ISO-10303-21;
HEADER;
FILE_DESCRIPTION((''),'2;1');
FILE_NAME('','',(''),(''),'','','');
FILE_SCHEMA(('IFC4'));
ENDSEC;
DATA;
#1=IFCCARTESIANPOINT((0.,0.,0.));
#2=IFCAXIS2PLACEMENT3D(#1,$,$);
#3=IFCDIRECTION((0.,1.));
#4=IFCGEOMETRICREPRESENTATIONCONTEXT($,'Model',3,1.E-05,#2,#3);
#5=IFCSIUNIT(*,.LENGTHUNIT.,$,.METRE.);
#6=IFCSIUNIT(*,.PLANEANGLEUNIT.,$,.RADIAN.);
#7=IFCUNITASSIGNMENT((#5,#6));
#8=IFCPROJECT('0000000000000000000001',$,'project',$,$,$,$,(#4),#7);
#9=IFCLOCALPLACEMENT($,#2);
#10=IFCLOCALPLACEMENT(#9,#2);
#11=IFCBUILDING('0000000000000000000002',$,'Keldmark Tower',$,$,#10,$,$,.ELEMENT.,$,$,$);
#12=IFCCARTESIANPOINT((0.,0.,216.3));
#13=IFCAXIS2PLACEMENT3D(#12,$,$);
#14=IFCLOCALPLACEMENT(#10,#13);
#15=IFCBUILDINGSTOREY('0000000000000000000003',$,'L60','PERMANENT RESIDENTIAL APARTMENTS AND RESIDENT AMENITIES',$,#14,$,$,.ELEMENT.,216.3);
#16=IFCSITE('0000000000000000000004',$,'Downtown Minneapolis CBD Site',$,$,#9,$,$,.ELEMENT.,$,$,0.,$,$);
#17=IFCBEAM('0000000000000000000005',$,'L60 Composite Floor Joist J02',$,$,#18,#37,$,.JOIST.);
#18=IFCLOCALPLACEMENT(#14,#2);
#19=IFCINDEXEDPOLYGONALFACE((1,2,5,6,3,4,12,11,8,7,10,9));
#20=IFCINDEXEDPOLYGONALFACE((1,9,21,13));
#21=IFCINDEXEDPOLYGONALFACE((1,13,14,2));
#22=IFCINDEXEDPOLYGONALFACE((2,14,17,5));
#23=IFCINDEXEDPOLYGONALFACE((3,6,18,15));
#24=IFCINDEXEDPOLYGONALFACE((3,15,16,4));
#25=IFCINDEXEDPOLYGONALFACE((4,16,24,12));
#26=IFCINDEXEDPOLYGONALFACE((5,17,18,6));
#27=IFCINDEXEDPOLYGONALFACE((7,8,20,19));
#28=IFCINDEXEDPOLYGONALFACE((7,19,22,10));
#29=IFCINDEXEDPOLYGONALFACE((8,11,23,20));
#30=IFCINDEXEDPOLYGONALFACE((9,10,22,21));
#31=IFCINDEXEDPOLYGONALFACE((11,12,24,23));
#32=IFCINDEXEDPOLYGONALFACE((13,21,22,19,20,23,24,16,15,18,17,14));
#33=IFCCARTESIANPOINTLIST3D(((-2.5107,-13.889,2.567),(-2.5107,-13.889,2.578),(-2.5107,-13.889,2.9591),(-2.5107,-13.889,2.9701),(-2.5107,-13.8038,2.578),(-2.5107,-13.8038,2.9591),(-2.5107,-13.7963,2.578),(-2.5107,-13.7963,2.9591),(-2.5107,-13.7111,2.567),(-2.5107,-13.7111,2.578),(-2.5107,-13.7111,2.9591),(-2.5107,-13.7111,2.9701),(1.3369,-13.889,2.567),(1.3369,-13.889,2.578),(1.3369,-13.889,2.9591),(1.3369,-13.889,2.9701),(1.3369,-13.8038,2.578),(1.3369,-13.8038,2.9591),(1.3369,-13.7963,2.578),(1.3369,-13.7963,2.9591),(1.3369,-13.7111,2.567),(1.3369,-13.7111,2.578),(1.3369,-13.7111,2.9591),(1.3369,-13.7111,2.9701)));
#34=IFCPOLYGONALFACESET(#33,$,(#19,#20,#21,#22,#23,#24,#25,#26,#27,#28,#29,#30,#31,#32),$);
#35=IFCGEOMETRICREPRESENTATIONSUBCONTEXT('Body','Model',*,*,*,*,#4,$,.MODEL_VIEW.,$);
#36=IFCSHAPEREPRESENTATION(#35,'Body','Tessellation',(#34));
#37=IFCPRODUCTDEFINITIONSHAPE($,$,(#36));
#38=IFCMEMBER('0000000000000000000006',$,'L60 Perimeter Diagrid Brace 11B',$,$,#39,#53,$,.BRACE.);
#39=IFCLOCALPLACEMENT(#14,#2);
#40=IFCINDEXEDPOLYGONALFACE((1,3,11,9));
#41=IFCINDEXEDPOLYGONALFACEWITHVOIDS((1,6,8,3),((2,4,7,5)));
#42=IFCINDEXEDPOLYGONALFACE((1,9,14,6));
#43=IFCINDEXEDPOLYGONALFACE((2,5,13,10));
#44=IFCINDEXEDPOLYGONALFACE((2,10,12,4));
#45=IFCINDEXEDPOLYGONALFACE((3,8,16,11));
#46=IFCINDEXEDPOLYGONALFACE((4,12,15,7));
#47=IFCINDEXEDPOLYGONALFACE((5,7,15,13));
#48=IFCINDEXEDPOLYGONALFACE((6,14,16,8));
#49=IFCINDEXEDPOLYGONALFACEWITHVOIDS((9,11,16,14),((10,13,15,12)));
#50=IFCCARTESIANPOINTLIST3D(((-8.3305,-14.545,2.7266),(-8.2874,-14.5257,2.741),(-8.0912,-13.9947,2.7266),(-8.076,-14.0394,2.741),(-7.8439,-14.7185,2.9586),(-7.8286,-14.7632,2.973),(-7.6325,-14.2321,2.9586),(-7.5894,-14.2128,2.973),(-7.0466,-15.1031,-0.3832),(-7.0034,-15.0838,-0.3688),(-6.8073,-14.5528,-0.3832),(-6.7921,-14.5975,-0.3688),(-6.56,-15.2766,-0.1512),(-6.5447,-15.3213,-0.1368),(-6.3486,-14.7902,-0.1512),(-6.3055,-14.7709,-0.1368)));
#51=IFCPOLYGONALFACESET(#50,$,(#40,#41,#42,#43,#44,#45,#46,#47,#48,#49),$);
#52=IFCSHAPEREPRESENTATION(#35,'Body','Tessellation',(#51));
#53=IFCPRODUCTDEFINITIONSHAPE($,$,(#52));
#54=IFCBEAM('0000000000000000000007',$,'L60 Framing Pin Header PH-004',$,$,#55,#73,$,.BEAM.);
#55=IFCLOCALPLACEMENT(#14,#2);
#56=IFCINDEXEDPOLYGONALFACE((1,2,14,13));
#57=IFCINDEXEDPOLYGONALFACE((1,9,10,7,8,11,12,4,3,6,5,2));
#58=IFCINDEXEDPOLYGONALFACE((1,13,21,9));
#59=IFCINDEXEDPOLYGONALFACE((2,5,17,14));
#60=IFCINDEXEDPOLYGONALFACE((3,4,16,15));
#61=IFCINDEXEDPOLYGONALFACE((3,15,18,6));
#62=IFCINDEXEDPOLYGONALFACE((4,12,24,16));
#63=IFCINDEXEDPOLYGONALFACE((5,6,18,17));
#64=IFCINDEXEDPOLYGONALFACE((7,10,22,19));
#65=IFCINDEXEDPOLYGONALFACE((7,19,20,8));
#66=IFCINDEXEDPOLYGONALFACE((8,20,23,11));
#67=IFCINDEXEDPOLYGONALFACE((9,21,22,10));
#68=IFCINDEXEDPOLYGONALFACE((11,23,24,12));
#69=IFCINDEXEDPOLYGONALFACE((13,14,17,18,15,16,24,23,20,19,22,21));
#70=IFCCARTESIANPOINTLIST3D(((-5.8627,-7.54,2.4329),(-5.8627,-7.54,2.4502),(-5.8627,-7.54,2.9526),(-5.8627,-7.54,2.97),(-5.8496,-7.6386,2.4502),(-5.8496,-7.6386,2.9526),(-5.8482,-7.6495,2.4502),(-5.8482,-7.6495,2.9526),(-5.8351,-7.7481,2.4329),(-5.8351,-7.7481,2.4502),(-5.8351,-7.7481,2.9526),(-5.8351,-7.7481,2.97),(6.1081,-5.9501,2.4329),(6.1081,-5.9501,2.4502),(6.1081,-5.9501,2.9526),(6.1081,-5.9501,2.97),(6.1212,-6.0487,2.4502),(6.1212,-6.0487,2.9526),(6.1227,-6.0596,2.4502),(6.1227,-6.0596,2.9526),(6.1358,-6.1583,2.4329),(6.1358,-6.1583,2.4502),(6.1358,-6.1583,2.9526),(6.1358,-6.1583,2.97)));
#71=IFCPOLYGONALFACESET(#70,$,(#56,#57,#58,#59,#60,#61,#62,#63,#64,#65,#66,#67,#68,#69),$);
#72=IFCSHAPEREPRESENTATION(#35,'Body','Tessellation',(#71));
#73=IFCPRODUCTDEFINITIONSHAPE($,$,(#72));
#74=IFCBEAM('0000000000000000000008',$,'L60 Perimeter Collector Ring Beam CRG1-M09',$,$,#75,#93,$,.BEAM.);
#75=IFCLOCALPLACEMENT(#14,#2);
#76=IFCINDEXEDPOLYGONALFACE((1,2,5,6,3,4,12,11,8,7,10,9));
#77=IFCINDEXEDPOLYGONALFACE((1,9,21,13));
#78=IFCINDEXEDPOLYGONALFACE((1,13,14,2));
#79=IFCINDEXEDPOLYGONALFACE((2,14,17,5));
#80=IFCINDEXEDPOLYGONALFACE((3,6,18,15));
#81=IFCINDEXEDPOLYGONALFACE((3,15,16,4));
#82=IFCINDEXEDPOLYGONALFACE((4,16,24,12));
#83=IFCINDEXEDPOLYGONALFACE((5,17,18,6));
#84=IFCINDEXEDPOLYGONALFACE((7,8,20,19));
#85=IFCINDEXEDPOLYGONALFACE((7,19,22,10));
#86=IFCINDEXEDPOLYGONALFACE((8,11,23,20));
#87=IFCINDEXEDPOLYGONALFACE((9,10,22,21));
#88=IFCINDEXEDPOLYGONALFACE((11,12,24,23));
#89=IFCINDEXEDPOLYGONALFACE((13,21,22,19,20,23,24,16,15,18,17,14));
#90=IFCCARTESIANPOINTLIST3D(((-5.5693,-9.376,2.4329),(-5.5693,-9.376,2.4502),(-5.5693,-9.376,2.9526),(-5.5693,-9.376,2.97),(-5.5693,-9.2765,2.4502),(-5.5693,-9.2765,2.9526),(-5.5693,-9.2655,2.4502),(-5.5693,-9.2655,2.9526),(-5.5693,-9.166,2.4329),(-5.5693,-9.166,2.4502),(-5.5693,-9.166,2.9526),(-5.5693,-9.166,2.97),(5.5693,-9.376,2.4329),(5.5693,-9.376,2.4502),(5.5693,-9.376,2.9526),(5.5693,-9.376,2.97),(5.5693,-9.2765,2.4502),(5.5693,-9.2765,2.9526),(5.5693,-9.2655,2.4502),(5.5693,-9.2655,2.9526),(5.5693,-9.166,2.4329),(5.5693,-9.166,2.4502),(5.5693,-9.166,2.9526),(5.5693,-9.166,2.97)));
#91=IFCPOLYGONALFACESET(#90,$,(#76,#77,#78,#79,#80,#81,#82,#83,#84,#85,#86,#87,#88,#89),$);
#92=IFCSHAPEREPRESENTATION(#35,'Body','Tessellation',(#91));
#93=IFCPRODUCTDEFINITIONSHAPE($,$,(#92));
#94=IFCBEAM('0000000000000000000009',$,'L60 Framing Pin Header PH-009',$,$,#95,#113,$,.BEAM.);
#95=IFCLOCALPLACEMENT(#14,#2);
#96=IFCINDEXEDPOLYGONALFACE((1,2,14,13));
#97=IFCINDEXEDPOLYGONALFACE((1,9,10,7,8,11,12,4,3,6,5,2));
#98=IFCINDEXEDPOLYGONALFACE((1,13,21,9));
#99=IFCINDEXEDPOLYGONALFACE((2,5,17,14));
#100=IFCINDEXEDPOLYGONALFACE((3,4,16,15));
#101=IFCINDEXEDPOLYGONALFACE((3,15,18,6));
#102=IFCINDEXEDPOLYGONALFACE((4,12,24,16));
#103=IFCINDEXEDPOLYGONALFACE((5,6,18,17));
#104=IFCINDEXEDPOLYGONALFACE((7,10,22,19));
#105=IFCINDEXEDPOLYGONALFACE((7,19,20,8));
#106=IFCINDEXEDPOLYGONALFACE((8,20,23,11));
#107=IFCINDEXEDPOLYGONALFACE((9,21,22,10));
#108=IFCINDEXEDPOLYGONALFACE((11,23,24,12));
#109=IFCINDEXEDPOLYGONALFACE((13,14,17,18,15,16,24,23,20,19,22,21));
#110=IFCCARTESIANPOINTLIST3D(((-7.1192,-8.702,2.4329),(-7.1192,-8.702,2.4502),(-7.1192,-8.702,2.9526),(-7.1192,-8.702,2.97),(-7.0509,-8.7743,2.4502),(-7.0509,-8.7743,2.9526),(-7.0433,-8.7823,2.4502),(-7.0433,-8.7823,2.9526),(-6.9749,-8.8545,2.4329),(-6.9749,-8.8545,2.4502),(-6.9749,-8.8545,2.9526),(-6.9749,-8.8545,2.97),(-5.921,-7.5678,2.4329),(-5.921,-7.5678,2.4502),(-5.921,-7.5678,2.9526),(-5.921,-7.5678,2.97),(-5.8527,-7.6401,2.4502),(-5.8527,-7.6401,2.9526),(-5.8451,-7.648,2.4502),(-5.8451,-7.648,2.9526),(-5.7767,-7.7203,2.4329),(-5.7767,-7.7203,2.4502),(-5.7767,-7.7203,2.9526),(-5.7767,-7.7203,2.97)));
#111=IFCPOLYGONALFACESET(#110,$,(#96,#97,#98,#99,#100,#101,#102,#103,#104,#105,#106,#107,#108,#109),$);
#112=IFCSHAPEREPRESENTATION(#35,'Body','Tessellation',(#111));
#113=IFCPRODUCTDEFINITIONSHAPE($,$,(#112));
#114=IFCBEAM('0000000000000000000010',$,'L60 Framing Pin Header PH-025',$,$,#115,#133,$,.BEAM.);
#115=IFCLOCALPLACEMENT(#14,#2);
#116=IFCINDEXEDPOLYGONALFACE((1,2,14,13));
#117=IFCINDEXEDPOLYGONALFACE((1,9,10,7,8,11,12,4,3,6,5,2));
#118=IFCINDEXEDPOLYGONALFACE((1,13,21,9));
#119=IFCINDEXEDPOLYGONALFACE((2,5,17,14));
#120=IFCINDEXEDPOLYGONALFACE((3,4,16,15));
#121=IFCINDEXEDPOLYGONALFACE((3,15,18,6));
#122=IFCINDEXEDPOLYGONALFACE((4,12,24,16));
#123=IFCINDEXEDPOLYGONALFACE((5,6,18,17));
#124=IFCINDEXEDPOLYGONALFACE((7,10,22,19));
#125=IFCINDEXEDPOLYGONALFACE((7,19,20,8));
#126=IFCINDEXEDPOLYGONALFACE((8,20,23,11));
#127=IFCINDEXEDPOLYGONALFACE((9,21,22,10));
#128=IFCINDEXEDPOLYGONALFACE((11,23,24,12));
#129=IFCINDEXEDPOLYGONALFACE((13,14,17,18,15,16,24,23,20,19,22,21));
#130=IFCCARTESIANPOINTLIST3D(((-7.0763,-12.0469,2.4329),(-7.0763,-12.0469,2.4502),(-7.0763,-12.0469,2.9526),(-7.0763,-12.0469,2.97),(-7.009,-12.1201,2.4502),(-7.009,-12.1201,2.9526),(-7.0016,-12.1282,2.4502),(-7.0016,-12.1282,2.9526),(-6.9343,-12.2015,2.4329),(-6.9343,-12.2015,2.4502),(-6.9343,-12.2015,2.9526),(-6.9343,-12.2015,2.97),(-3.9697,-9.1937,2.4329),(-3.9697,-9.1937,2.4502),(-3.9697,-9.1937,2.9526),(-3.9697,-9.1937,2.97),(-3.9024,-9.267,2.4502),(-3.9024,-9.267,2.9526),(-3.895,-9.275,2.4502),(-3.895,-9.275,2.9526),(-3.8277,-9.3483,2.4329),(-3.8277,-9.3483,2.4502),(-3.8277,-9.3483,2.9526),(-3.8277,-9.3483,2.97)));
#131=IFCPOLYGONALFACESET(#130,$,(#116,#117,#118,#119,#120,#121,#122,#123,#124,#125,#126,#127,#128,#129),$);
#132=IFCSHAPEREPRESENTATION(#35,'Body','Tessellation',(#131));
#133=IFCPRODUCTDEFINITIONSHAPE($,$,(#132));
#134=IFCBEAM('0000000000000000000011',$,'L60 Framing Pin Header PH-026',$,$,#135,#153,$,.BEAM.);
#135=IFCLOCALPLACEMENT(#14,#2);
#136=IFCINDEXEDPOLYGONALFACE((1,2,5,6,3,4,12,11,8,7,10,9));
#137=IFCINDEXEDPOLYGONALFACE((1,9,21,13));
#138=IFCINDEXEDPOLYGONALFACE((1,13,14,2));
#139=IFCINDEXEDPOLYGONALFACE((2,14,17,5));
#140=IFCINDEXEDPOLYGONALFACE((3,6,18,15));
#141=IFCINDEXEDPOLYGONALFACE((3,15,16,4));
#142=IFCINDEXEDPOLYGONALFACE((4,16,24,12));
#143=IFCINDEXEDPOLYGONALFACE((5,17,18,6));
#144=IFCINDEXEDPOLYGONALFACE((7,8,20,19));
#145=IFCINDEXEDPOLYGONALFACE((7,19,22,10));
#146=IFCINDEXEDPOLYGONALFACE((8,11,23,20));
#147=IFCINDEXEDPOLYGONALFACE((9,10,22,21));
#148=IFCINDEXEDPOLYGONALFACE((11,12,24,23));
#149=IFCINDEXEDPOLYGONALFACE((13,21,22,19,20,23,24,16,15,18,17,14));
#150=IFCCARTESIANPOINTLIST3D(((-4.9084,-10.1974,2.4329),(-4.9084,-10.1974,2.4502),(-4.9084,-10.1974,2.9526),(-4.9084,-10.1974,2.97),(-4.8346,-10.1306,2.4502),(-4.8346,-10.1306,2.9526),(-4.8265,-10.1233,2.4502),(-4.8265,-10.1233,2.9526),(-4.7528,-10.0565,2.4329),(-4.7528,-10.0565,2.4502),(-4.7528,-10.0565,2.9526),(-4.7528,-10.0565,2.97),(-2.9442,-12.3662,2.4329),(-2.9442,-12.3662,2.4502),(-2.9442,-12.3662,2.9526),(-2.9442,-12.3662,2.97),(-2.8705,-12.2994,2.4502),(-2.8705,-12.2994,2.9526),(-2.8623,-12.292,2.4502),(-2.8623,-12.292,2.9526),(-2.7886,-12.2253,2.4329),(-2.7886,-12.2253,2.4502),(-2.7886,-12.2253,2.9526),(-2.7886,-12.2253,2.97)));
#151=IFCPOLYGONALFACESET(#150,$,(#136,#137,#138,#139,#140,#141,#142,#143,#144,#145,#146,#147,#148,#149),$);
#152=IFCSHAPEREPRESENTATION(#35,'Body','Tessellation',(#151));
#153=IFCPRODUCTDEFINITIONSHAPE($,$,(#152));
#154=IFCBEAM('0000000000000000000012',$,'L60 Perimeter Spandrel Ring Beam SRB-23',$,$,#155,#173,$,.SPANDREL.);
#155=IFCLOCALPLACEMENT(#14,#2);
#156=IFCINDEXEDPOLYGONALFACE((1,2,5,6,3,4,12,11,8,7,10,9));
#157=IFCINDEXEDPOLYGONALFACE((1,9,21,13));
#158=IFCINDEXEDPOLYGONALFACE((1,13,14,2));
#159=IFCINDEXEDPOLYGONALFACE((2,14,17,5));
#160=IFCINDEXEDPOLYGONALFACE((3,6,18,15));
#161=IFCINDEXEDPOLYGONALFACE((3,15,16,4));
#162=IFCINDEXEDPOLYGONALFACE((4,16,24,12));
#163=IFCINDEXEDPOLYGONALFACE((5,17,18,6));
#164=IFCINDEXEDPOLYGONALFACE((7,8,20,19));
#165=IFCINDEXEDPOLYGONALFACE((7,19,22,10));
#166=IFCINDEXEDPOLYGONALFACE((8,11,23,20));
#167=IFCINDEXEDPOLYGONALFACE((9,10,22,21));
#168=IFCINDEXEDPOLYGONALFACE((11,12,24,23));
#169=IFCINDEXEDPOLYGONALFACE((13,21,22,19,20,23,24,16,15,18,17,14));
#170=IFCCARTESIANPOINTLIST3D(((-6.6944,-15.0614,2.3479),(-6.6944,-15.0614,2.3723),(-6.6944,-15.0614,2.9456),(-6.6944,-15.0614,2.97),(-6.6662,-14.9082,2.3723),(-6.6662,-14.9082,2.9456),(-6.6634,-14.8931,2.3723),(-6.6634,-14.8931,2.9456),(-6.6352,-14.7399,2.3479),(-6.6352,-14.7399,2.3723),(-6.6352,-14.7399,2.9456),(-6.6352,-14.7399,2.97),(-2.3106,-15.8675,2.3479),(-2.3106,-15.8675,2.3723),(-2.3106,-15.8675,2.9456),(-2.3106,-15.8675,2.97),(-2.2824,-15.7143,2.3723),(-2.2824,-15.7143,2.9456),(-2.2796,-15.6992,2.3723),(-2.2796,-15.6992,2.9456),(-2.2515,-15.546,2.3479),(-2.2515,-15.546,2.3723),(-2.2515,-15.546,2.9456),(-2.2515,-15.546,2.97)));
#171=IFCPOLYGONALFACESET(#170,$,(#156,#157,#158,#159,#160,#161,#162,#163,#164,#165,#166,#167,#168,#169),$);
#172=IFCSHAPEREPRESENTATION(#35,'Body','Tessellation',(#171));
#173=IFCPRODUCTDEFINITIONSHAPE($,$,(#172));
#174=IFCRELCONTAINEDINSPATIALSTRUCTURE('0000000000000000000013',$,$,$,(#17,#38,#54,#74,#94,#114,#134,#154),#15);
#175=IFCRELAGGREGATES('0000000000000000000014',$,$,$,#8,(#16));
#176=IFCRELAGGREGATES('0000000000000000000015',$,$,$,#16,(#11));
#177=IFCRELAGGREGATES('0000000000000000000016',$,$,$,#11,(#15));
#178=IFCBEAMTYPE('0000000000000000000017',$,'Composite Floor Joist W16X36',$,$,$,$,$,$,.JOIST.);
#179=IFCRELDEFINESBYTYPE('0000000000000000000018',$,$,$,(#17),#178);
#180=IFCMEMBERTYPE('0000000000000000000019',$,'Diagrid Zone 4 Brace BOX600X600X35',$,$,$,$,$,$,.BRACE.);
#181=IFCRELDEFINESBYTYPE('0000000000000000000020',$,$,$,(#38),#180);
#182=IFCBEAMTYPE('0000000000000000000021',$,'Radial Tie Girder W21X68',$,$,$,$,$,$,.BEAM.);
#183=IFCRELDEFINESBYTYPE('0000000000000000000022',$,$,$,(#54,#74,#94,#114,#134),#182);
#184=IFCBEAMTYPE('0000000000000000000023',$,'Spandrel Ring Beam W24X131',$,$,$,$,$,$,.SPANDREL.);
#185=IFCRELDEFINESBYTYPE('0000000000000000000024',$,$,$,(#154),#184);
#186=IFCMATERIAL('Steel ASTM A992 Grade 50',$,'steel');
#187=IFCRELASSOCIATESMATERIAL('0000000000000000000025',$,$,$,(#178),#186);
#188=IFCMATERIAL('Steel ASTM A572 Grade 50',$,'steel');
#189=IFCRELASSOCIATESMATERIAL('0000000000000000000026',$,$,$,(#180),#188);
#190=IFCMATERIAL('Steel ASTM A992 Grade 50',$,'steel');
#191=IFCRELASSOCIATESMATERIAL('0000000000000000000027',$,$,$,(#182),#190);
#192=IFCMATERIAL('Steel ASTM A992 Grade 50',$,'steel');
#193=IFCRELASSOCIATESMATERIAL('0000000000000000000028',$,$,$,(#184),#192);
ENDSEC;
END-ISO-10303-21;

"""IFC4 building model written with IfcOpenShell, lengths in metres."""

from ifc_helpers import new_model, si_unit, direction, frame, origin, origin_2d, place, context, subcontext, project, spatial, hollow_rectangle, i_section, extrude, material, material_profile, profile_set, type_object, element, save


model = new_model("IFC4")

# Units and contexts
model_context = context("Model", 3, precision=1e-05, world=origin(), true_north=direction((0.0, 1.0)))
body_context = subcontext(model_context, "Body", "Model", "MODEL_VIEW")
ifc_project = project(units=[si_unit("LENGTHUNIT", "METRE"), si_unit("PLANEANGLEUNIT", "RADIAN")], contexts=[model_context])

# Site, building, storey
site_placement = place(None, origin())
site = spatial("IfcSite", under=ifc_project, at=site_placement, Name="Downtown Minneapolis CBD Site", CompositionType="ELEMENT", RefElevation=0.0)
building_placement = place(site_placement, origin())
building = spatial("IfcBuilding", under=site, at=building_placement, Name="Keldmark Tower", CompositionType="ELEMENT")
storey_placement = place(building_placement, frame((0.0, 0.0, 216.3)))
storey = spatial("IfcBuildingStorey", under=building, at=storey_placement, Name="L60", Description="PERMANENT RESIDENTIAL APARTMENTS AND RESIDENT AMENITIES", CompositionType="ELEMENT", Elevation=216.3)

# Beam
ifc_material_1 = material(Name="Steel ASTM A992 Grade 50", Category="steel")
ifc_material_profile_1 = material_profile(ifc_material_1, i_section(OverallWidth=0.178, OverallDepth=0.4031, WebThickness=0.0076, FlangeThickness=0.011, at=origin_2d()), Name="W16X36")
ifc_profile_set_1 = profile_set([ifc_material_profile_1], Name="Steel ASTM A992 Grade 50")
beam_type_1 = type_object("IfcBeamType", Name="Composite Floor Joist W16X36", PredefinedType="JOIST", material=ifc_profile_set_1)
beam_1_placement = place(storey_placement, frame((-2.5107, -13.8, 2.7686), z_axis=(1.0, 0.0, 0.0), x_axis=(0.0, 1.0, 0.0)))
element("IfcBeam", 1, at=beam_1_placement, inside=storey, type_object=beam_type_1, Name="L60 Composite Floor Joist J02", PredefinedType="JOIST", context=body_context, shape_type="SweptSolid", body=[
    extrude(i_section(OverallWidth=0.178, OverallDepth=0.4031, WebThickness=0.0076, FlangeThickness=0.011, at=origin_2d()), origin(), (0.0, 0.0, 1.0), 3.8477),
])

# Member
ifc_material_2 = material(Name="Steel ASTM A572 Grade 50", Category="steel")
ifc_material_profile_2 = material_profile(ifc_material_2, hollow_rectangle(XDim=0.6001, YDim=0.6001, WallThickness=0.0349, at=origin_2d()), Name="BOX600X600X35")
ifc_profile_set_2 = profile_set([ifc_material_profile_2], Name="Steel ASTM A572 Grade 50")
member_type = type_object("IfcMemberType", Name="Diagrid Zone 4 Brace BOX600X600X35", PredefinedType="BRACE", material=ifc_profile_set_2)
member_placement = place(storey_placement, frame((-6.676, -14.937, -0.26), z_axis=(-0.37647, 0.163645, 0.911861), x_axis=(-0.39865, -0.917103, 0.0)))
element("IfcMember", 2, at=member_placement, inside=storey, type_object=member_type, Name="L60 Perimeter Diagrid Brace 11B", PredefinedType="BRACE", context=body_context, shape_type="SweptSolid", body=[
    extrude(hollow_rectangle(XDim=0.6001, YDim=0.6001, WallThickness=0.0349, at=origin_2d()), origin(), (0.0, 0.0, 1.0), 3.4104),
])

# Beams
ifc_material_3 = material(Name="Steel ASTM A992 Grade 50", Category="steel")
ifc_material_profile_3 = material_profile(ifc_material_3, i_section(OverallWidth=0.21, OverallDepth=0.5371, WebThickness=0.011, FlangeThickness=0.0173, at=origin_2d()), Name="W21X68")
ifc_profile_set_3 = profile_set([ifc_material_profile_3], Name="Steel ASTM A992 Grade 50")
beam_type_2 = type_object("IfcBeamType", Name="Radial Tie Girder W21X68", PredefinedType="BEAM", material=ifc_profile_set_3)
beam_2_placement = place(storey_placement, frame((-5.8489, -7.644, 2.7014), z_axis=(0.991296, 0.131655, 0.0), x_axis=(-0.131655, 0.991296, 0.0)))
element("IfcBeam", 3, at=beam_2_placement, inside=storey, type_object=beam_type_2, Name="L60 Framing Pin Header PH-004", PredefinedType="BEAM", context=body_context, shape_type="SweptSolid", body=[
    extrude(i_section(OverallWidth=0.21, OverallDepth=0.5371, WebThickness=0.011, FlangeThickness=0.0173, at=origin_2d()), origin(), (0.0, 0.0, 1.0), 12.0759),
])
beam_3_placement = place(storey_placement, frame((-5.5693, -9.271, 2.7014), z_axis=(1.0, 0.0, 0.0), x_axis=(0.0, 1.0, 0.0)))
element("IfcBeam", 4, at=beam_3_placement, inside=storey, type_object=beam_type_2, Name="L60 Perimeter Collector Ring Beam CRG1-M09", PredefinedType="BEAM", context=body_context, shape_type="SweptSolid", body=[
    extrude(i_section(OverallWidth=0.21, OverallDepth=0.5371, WebThickness=0.011, FlangeThickness=0.0173, at=origin_2d()), origin(), (0.0, 0.0, 1.0), 11.1387),
])
beam_4_placement = place(storey_placement, frame((-5.8489, -7.644, 2.7014), z_axis=(-0.726225, -0.687457, 0.0), x_axis=(0.687457, -0.726225, 0.0)))
element("IfcBeam", 5, at=beam_4_placement, inside=storey, type_object=beam_type_2, Name="L60 Framing Pin Header PH-009", PredefinedType="BEAM", context=body_context, shape_type="SweptSolid", body=[
    extrude(i_section(OverallWidth=0.21, OverallDepth=0.5371, WebThickness=0.011, FlangeThickness=0.0173, at=origin_2d()), origin(), (0.0, 0.0, 1.0), 1.6499),
])
beam_5_placement = place(storey_placement, frame((-3.8987, -9.271, 2.7014), z_axis=(-0.736508, -0.676429, 0.0), x_axis=(0.676429, -0.736508, 0.0)))
element("IfcBeam", 6, at=beam_5_placement, inside=storey, type_object=beam_type_2, Name="L60 Framing Pin Header PH-025", PredefinedType="BEAM", context=body_context, shape_type="SweptSolid", body=[
    extrude(i_section(OverallWidth=0.21, OverallDepth=0.5371, WebThickness=0.011, FlangeThickness=0.0173, at=origin_2d()), origin(), (0.0, 0.0, 1.0), 4.218),
])
beam_6_placement = place(storey_placement, frame((-4.8306, -10.127, 2.7014), z_axis=(0.67128, -0.741204, 0.0), x_axis=(0.741204, 0.67128, 0.0)))
element("IfcBeam", 7, at=beam_6_placement, inside=storey, type_object=beam_type_2, Name="L60 Framing Pin Header PH-026", PredefinedType="BEAM", context=body_context, shape_type="SweptSolid", body=[
    extrude(i_section(OverallWidth=0.21, OverallDepth=0.5371, WebThickness=0.011, FlangeThickness=0.0173, at=origin_2d()), origin(), (0.0, 0.0, 1.0), 2.926),
])
ifc_material_4 = material(Name="Steel ASTM A992 Grade 50", Category="steel")
ifc_material_profile_4 = material_profile(ifc_material_4, i_section(OverallWidth=0.3269, OverallDepth=0.6221, WebThickness=0.0154, FlangeThickness=0.0244, at=origin_2d()), Name="W24X131")
ifc_profile_set_4 = profile_set([ifc_material_profile_4], Name="Steel ASTM A992 Grade 50")
beam_type_3 = type_object("IfcBeamType", Name="Spandrel Ring Beam W24X131", PredefinedType="SPANDREL", material=ifc_profile_set_4)
beam_7_placement = place(storey_placement, frame((-6.6648, -14.9006, 2.6589), z_axis=(0.983509, -0.180861, 0.0), x_axis=(0.180861, 0.983509, 0.0)))
element("IfcBeam", 8, at=beam_7_placement, inside=storey, type_object=beam_type_3, Name="L60 Perimeter Spandrel Ring Beam SRB-23", PredefinedType="SPANDREL", context=body_context, shape_type="SweptSolid", body=[
    extrude(i_section(OverallWidth=0.3269, OverallDepth=0.6221, WebThickness=0.0154, FlangeThickness=0.0244, at=origin_2d()), origin(), (0.0, 0.0, 1.0), 4.4573),
])

save(model, "model.ifc")
